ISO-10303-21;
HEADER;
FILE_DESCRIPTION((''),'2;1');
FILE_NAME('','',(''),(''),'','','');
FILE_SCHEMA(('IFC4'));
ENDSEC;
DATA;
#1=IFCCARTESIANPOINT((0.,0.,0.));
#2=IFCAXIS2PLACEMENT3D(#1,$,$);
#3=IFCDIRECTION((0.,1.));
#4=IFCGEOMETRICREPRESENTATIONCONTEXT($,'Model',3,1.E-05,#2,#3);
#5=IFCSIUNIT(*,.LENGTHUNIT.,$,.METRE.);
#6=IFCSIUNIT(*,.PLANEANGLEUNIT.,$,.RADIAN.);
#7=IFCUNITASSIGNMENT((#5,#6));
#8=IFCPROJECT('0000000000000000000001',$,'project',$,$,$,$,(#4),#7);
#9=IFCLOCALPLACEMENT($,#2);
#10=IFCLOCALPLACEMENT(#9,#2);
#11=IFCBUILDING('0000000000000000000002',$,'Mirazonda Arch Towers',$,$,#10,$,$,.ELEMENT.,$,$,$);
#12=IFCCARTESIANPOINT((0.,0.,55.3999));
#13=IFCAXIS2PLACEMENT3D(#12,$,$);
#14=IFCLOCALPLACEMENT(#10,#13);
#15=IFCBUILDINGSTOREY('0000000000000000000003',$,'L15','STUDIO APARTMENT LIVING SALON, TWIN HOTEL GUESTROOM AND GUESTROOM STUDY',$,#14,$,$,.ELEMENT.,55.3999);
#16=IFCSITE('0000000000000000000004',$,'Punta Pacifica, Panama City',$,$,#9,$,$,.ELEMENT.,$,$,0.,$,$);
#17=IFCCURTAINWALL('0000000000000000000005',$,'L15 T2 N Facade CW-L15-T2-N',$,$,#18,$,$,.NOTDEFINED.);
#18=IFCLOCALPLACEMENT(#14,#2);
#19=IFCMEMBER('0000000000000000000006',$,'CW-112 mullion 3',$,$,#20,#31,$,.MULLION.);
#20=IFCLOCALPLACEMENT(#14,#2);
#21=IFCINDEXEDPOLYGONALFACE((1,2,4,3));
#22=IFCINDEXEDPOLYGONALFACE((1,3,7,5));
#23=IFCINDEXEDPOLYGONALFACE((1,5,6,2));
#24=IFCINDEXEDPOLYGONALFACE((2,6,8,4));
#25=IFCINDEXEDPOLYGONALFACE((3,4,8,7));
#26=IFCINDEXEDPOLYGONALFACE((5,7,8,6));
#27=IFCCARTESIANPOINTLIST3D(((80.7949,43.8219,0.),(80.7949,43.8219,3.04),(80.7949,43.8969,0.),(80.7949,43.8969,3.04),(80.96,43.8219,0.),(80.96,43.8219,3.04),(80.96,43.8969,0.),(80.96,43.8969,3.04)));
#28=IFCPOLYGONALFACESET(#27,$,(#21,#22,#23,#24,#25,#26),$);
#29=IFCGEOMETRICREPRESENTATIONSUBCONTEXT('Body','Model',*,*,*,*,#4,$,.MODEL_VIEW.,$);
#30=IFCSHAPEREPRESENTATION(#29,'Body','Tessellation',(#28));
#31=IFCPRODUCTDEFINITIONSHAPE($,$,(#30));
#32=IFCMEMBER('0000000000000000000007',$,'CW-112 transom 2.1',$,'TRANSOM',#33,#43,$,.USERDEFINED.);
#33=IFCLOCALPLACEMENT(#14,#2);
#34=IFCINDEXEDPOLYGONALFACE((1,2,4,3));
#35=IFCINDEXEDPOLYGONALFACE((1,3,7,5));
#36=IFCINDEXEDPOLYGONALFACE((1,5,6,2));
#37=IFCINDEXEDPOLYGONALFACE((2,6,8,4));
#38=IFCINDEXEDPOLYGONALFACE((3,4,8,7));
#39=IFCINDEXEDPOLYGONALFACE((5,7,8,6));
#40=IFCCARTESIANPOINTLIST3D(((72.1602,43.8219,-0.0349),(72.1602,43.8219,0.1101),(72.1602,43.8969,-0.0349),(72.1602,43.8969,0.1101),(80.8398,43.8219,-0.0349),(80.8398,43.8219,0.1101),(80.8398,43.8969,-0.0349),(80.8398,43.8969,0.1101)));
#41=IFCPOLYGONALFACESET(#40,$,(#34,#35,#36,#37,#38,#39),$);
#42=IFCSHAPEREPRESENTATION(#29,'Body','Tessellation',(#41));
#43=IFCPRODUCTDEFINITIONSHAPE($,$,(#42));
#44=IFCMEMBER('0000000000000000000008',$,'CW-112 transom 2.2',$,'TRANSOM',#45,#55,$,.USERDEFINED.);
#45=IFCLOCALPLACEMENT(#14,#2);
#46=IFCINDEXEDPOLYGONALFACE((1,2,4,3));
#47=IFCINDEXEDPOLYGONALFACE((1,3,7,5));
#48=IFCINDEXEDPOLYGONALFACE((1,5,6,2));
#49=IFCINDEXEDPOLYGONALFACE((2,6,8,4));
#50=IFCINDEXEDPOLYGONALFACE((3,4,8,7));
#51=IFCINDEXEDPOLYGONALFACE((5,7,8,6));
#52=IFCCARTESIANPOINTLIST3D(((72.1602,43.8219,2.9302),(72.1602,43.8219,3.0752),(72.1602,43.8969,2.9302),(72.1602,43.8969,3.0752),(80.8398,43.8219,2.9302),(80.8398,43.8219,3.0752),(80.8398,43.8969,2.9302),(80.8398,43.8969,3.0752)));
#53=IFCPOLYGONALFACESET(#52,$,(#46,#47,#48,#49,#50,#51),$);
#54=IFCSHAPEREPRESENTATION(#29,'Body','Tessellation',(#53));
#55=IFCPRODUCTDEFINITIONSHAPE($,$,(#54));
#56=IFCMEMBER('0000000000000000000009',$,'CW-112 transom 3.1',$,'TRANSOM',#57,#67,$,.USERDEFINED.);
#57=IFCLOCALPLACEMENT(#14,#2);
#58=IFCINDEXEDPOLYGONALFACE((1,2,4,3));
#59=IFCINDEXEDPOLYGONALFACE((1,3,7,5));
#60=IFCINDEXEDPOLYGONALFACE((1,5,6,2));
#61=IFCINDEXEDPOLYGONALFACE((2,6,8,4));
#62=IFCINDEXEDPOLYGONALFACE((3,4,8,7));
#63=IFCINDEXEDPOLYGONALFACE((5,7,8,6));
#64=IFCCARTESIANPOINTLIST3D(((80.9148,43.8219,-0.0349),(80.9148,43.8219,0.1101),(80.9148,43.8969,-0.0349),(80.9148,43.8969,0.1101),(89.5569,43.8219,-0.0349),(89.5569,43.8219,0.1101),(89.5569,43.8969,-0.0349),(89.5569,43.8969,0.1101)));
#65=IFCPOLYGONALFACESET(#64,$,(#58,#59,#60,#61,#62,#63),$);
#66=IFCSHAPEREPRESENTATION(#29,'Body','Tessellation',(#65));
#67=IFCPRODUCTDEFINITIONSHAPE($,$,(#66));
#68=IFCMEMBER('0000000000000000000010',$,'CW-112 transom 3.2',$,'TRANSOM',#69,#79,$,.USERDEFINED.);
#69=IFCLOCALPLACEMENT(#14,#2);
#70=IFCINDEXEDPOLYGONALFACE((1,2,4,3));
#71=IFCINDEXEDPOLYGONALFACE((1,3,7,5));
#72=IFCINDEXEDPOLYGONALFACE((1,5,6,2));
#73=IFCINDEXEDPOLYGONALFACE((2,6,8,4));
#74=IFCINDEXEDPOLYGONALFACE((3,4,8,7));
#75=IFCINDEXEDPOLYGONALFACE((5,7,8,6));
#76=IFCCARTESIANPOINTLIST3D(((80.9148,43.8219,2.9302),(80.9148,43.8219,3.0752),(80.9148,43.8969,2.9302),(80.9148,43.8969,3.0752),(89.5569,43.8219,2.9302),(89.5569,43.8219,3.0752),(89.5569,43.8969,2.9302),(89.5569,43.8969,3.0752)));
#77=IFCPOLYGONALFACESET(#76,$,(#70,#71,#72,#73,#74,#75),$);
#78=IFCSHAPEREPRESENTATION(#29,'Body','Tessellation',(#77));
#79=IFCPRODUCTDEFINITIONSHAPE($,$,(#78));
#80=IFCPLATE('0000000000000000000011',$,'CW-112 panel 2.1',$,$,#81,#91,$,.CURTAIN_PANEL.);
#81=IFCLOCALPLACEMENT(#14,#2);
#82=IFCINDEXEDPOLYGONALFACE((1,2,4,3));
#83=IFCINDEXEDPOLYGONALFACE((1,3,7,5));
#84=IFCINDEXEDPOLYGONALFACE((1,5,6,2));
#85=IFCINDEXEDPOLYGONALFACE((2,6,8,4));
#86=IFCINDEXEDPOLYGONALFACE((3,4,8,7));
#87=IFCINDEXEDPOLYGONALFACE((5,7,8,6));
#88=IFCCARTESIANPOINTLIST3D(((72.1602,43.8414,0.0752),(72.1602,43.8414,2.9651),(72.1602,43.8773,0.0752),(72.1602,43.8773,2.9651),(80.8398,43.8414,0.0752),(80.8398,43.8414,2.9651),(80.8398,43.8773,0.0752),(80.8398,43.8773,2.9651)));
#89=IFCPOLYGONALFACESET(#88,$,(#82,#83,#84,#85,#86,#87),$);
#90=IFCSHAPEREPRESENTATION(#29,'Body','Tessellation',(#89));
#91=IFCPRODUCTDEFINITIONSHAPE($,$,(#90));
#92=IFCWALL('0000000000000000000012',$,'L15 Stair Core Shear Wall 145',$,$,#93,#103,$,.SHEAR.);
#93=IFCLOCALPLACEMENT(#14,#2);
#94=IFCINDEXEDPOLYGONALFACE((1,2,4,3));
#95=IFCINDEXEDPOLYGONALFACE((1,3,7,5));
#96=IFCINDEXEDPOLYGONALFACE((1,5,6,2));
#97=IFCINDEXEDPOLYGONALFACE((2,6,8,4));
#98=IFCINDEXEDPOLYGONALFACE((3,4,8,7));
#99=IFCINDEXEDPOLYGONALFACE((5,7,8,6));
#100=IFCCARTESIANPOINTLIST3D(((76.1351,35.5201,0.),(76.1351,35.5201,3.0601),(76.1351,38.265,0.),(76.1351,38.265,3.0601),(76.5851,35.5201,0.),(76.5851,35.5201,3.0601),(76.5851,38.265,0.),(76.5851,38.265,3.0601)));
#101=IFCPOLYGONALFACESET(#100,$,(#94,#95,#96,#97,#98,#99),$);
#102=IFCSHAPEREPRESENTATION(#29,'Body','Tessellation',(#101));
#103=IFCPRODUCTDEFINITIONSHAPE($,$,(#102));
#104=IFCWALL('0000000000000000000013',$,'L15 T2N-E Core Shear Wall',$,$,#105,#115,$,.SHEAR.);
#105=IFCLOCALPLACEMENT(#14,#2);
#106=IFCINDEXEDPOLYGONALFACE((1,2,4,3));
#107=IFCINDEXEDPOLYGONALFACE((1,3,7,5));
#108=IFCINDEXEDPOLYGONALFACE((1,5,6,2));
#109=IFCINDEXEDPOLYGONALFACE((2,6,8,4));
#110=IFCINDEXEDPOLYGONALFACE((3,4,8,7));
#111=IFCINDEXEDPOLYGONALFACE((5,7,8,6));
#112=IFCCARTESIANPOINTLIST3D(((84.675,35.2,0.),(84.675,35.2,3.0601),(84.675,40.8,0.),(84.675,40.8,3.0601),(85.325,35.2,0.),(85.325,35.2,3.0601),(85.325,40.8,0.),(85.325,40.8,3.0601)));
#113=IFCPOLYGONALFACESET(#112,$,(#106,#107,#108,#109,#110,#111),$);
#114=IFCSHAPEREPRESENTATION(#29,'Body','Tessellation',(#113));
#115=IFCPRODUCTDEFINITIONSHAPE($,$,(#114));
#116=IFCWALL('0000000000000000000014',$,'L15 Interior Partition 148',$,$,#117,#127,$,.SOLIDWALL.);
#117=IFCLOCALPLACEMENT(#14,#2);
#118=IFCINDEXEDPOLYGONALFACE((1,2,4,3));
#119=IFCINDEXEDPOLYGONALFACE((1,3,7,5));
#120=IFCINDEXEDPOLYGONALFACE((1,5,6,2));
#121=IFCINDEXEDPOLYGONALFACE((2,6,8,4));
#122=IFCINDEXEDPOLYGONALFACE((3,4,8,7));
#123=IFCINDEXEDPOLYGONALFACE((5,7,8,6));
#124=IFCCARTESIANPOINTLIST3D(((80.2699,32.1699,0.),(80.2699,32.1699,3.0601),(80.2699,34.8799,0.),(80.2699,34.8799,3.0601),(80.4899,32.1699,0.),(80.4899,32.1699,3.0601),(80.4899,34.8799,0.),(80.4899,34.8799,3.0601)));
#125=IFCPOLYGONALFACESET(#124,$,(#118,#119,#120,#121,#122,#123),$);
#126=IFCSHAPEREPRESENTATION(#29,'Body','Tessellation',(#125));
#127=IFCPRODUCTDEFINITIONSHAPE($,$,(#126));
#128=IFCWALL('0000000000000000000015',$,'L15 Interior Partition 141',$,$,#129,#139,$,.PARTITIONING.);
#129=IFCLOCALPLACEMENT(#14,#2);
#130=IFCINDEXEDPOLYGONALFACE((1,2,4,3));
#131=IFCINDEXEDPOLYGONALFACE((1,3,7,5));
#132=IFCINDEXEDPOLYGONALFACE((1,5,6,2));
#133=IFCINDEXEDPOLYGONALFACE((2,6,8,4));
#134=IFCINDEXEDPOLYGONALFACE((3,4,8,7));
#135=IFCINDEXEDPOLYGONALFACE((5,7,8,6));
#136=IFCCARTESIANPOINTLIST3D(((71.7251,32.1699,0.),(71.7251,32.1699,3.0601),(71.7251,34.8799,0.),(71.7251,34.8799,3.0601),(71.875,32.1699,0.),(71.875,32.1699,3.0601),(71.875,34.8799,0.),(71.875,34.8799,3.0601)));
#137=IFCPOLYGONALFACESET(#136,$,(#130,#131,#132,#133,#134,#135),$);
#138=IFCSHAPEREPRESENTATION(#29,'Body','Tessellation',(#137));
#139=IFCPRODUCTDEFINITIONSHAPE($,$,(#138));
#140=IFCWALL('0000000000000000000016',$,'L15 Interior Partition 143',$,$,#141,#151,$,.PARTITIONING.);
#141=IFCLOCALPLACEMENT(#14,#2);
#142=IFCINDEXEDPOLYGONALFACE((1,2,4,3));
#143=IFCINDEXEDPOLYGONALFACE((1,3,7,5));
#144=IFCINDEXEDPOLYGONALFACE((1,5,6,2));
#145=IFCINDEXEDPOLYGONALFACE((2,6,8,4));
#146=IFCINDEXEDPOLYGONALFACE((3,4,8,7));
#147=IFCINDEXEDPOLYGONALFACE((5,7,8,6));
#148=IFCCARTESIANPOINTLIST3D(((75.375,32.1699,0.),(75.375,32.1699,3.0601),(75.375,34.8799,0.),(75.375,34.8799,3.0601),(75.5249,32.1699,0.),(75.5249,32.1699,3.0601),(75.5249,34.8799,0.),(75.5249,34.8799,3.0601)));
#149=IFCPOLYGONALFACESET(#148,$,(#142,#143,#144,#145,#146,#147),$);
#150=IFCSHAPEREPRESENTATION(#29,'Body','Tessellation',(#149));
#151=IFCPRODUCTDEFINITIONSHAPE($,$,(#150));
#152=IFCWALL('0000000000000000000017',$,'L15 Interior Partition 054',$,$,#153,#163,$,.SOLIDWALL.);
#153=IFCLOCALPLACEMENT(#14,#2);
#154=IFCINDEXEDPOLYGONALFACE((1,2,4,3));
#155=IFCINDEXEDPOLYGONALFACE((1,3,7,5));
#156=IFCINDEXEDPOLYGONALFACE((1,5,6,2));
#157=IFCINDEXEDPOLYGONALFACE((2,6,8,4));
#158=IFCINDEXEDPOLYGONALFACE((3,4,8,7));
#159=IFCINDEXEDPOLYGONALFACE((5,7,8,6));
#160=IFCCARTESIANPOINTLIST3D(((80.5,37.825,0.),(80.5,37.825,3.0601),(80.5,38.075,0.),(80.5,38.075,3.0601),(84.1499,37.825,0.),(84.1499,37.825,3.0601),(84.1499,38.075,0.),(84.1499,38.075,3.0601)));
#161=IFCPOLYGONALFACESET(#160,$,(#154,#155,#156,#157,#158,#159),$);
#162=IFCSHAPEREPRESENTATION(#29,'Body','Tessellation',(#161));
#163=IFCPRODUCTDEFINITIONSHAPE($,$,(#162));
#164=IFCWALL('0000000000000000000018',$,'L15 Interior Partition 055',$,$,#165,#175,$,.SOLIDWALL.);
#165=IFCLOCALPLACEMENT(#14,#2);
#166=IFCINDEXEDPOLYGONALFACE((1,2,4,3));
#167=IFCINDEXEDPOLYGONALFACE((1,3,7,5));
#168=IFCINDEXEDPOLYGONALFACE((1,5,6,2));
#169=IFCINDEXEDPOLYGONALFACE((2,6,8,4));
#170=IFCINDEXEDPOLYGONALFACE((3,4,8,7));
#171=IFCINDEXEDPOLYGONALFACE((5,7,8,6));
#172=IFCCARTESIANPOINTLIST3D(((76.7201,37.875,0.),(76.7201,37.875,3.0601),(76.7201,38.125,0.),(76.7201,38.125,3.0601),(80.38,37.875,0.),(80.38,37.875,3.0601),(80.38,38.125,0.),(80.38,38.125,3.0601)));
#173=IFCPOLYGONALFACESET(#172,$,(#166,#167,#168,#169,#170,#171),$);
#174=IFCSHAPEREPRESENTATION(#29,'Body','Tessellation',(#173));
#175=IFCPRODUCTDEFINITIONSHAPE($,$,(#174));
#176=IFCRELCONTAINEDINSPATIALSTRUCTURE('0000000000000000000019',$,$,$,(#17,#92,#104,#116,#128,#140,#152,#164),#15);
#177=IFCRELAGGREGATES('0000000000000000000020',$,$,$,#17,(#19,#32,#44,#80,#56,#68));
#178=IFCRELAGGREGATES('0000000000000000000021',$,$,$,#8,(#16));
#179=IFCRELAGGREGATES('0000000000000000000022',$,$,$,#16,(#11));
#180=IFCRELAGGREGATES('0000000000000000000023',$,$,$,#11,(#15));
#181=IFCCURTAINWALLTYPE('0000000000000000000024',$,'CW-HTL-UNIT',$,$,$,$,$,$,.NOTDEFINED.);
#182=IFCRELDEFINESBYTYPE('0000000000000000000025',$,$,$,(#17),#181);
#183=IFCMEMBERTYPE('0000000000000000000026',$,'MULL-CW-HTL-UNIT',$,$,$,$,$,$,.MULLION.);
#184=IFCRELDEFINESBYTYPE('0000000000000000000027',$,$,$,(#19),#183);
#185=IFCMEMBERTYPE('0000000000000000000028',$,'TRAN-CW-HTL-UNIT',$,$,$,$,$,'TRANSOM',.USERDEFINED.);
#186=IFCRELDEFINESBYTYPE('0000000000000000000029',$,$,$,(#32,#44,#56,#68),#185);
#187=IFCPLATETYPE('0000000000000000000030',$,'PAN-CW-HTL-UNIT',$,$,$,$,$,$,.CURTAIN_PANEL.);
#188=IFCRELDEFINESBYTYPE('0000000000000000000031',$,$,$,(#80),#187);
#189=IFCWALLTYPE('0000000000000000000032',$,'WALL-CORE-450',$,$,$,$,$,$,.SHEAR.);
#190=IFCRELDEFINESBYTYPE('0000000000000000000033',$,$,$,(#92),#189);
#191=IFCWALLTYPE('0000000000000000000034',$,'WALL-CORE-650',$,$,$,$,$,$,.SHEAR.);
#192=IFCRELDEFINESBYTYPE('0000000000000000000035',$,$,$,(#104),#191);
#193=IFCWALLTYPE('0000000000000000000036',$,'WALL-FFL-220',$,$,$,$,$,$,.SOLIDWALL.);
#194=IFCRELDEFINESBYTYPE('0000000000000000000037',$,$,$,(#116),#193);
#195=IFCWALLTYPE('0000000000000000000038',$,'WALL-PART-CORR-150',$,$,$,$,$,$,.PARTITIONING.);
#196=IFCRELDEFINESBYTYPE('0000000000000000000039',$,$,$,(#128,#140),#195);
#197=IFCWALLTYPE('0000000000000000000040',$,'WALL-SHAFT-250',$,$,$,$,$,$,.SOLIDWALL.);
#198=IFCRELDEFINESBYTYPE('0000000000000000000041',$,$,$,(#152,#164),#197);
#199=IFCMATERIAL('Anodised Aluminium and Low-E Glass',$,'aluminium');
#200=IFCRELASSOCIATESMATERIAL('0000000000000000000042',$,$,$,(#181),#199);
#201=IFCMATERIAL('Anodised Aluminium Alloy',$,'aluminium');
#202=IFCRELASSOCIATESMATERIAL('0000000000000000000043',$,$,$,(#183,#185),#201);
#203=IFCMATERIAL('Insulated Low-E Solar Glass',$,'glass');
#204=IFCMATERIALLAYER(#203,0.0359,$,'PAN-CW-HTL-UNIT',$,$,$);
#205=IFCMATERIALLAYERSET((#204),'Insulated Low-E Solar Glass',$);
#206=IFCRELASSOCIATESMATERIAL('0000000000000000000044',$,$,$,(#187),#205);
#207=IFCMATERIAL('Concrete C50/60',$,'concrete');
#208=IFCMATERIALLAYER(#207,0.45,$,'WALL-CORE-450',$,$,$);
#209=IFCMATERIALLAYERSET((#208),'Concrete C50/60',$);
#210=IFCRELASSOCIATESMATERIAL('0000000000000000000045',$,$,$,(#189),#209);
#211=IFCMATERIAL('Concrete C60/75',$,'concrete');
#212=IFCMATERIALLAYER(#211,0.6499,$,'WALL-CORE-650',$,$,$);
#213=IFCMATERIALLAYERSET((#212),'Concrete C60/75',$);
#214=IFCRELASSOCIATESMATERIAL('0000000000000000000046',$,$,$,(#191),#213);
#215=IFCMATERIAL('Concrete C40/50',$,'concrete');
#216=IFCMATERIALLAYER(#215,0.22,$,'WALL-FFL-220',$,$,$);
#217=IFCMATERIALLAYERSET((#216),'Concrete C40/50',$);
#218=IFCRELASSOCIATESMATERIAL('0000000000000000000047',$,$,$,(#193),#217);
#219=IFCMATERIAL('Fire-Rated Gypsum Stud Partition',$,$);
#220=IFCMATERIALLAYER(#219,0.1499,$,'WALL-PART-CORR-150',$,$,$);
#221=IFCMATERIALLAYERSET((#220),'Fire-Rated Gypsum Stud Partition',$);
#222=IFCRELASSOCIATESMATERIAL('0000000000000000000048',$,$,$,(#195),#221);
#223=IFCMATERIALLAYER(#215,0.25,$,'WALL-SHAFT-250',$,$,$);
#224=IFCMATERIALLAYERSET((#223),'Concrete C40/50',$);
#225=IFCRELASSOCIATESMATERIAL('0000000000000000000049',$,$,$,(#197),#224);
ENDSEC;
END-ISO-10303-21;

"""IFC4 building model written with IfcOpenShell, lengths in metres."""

from ifc_helpers import new_model, si_unit, direction, frame, frame_2d, origin, origin_2d, place, context, subcontext, project, spatial, rectangle, extrude, material, layer, layer_set, material_profile, profile_set, type_object, element, aggregate, save


model = new_model("IFC4")

# Units and contexts
model_context = context("Model", 3, precision=1e-05, world=origin(), true_north=direction((0.0, 1.0)))
body_context = subcontext(model_context, "Body", "Model", "MODEL_VIEW")
ifc_project = project(units=[si_unit("LENGTHUNIT", "METRE"), si_unit("PLANEANGLEUNIT", "RADIAN")], contexts=[model_context])

# Site, building, storey
site_placement = place(None, origin())
site = spatial("IfcSite", under=ifc_project, at=site_placement, Name="Punta Pacifica, Panama City", CompositionType="ELEMENT", RefElevation=0.0)
building_placement = place(site_placement, origin())
building = spatial("IfcBuilding", under=site, at=building_placement, Name="Mirazonda Arch Towers", CompositionType="ELEMENT")
storey_placement = place(building_placement, frame((0.0, 0.0, 55.3999)))
storey = spatial("IfcBuildingStorey", under=building, at=storey_placement, Name="L15", Description="STUDIO APARTMENT LIVING SALON, TWIN HOTEL GUESTROOM AND GUESTROOM STUDY", CompositionType="ELEMENT", Elevation=55.3999)

# Shared definitions
ifc_material_1 = material(Name="Concrete C60/75", Category="concrete")

# Curtain wall, members, plate
ifc_material_2 = material(Name="Anodised Aluminium and Low-E Glass", Category="aluminium")
curtain_wall_type = type_object("IfcCurtainWallType", Name="CW-HTL-UNIT", PredefinedType="NOTDEFINED", material=ifc_material_2)
curtain_wall_placement = place(storey_placement, origin())
curtain_wall = element("IfcCurtainWall", 1, at=curtain_wall_placement, inside=storey, type_object=curtain_wall_type, Name="L15 T2 N Facade CW-L15-T2-N", PredefinedType="NOTDEFINED")
ifc_material_3 = material(Name="Anodised Aluminium Alloy", Category="aluminium")
ifc_material_profile_1 = material_profile(ifc_material_3, rectangle(XDim=0.075, YDim=0.165, at=origin_2d()), Name="ALU-MULL-75x165")
ifc_profile_set_1 = profile_set([ifc_material_profile_1], Name="Anodised Aluminium Alloy")
member_type_1 = type_object("IfcMemberType", Name="MULL-CW-HTL-UNIT", PredefinedType="MULLION", material=ifc_profile_set_1)
member_1_placement = place(storey_placement, frame((80.8774, 43.8594, 0.0), z_axis=(0.0, 0.0, 1.0), x_axis=(0.0, 1.0, 0.0)))
member_1 = element("IfcMember", 2, at=member_1_placement, type_object=member_type_1, Name="CW-112 mullion 3", PredefinedType="MULLION", context=body_context, shape_type="SweptSolid", body=[
    extrude(rectangle(XDim=0.075, YDim=0.165, at=origin_2d()), origin(), (0.0, 0.0, 1.0), 3.04),
])
ifc_material_profile_2 = material_profile(ifc_material_3, rectangle(XDim=0.075, YDim=0.145, at=origin_2d()), Name="ALU-TRAN-75x145")
ifc_profile_set_2 = profile_set([ifc_material_profile_2], Name="Anodised Aluminium Alloy")
member_type_2 = type_object("IfcMemberType", Name="TRAN-CW-HTL-UNIT", ElementType="TRANSOM", PredefinedType="USERDEFINED", material=ifc_profile_set_2)
member_2_placement = place(storey_placement, frame((72.1602, 43.8594, 0.0376), z_axis=(1.0, 0.0, 0.0), x_axis=(0.0, 1.0, 0.0)))
member_2 = element("IfcMember", 3, at=member_2_placement, type_object=member_type_2, Name="CW-112 transom 2.1", ObjectType="TRANSOM", PredefinedType="USERDEFINED", context=body_context, shape_type="SweptSolid", body=[
    extrude(rectangle(XDim=0.075, YDim=0.145, at=origin_2d()), origin(), (0.0, 0.0, 1.0), 8.6797),
])
member_3_placement = place(storey_placement, frame((72.1602, 43.8594, 3.0027), z_axis=(1.0, 0.0, 0.0), x_axis=(0.0, 1.0, 0.0)))
member_3 = element("IfcMember", 4, at=member_3_placement, type_object=member_type_2, Name="CW-112 transom 2.2", ObjectType="TRANSOM", PredefinedType="USERDEFINED", context=body_context, shape_type="SweptSolid", body=[
    extrude(rectangle(XDim=0.075, YDim=0.145, at=origin_2d()), origin(), (0.0, 0.0, 1.0), 8.6797),
])
member_4_placement = place(storey_placement, frame((80.9148, 43.8594, 0.0376), z_axis=(1.0, 0.0, 0.0), x_axis=(0.0, 1.0, 0.0)))
member_4 = element("IfcMember", 5, at=member_4_placement, type_object=member_type_2, Name="CW-112 transom 3.1", ObjectType="TRANSOM", PredefinedType="USERDEFINED", context=body_context, shape_type="SweptSolid", body=[
    extrude(rectangle(XDim=0.075, YDim=0.145, at=origin_2d()), origin(), (0.0, 0.0, 1.0), 8.6421),
])
member_5_placement = place(storey_placement, frame((80.9148, 43.8594, 3.0027), z_axis=(1.0, 0.0, 0.0), x_axis=(0.0, 1.0, 0.0)))
member_5 = element("IfcMember", 6, at=member_5_placement, type_object=member_type_2, Name="CW-112 transom 3.2", ObjectType="TRANSOM", PredefinedType="USERDEFINED", context=body_context, shape_type="SweptSolid", body=[
    extrude(rectangle(XDim=0.075, YDim=0.145, at=origin_2d()), origin(), (0.0, 0.0, 1.0), 8.6421),
])
ifc_material_4 = material(Name="Insulated Low-E Solar Glass", Category="glass")
ifc_layer_1 = layer(ifc_material_4, 0.0359, Name="PAN-CW-HTL-UNIT")
ifc_layer_set_1 = layer_set([ifc_layer_1], Name="Insulated Low-E Solar Glass")
plate_type = type_object("IfcPlateType", Name="PAN-CW-HTL-UNIT", PredefinedType="CURTAIN_PANEL", material=ifc_layer_set_1)
plate_placement = place(storey_placement, frame((76.5, 43.8594, 0.0752), z_axis=(0.0, 0.0, 1.0), x_axis=(1.0, 0.0, 0.0)))
plate = element("IfcPlate", 7, at=plate_placement, type_object=plate_type, Name="CW-112 panel 2.1", PredefinedType="CURTAIN_PANEL", context=body_context, shape_type="SweptSolid", body=[
    extrude(rectangle(XDim=8.6797, YDim=0.0359, at=origin_2d()), origin(), (0.0, 0.0, 1.0), 2.8899),
])
aggregate(curtain_wall, [member_1, member_2, member_3, plate, member_4, member_5])

# Walls
ifc_material_5 = material(Name="Concrete C50/60", Category="concrete")
ifc_layer_2 = layer(ifc_material_5, 0.45, Name="WALL-CORE-450")
ifc_layer_set_2 = layer_set([ifc_layer_2], Name="Concrete C50/60")
wall_type_1 = type_object("IfcWallType", Name="WALL-CORE-450", PredefinedType="SHEAR", material=ifc_layer_set_2)
wall_1_placement = place(storey_placement, frame((76.3601, 35.52, 0.0), z_axis=(0.0, 0.0, 1.0), x_axis=(0.0, 1.0, 0.0)))
element("IfcWall", 8, at=wall_1_placement, inside=storey, type_object=wall_type_1, Name="L15 Stair Core Shear Wall 145", PredefinedType="SHEAR", context=body_context, shape_type="SweptSolid", body=[
    extrude(rectangle(XDim=2.7449, YDim=0.45, at=frame_2d((1.3726, 0.0))), origin(), (0.0, 0.0, 1.0), 3.0601),
])
ifc_layer_3 = layer(ifc_material_1, 0.6499, Name="WALL-CORE-650")
ifc_layer_set_3 = layer_set([ifc_layer_3], Name="Concrete C60/75")
wall_type_2 = type_object("IfcWallType", Name="WALL-CORE-650", PredefinedType="SHEAR", material=ifc_layer_set_3)
wall_2_placement = place(storey_placement, frame((85.0, 35.2, 0.0), z_axis=(0.0, 0.0, 1.0), x_axis=(0.0, 1.0, 0.0)))
element("IfcWall", 9, at=wall_2_placement, inside=storey, type_object=wall_type_2, Name="L15 T2N-E Core Shear Wall", PredefinedType="SHEAR", context=body_context, shape_type="SweptSolid", body=[
    extrude(rectangle(XDim=5.6001, YDim=0.6499, at=frame_2d((2.8, 0.0))), origin(), (0.0, 0.0, 1.0), 3.0601),
])
ifc_material_6 = material(Name="Concrete C40/50", Category="concrete")
ifc_layer_4 = layer(ifc_material_6, 0.22, Name="WALL-FFL-220")
ifc_layer_set_4 = layer_set([ifc_layer_4], Name="Concrete C40/50")
wall_type_3 = type_object("IfcWallType", Name="WALL-FFL-220", PredefinedType="SOLIDWALL", material=ifc_layer_set_4)
wall_3_placement = place(storey_placement, frame((80.3799, 32.1699, 0.0), z_axis=(0.0, 0.0, 1.0), x_axis=(0.0, 1.0, 0.0)))
element("IfcWall", 10, at=wall_3_placement, inside=storey, type_object=wall_type_3, Name="L15 Interior Partition 148", PredefinedType="SOLIDWALL", context=body_context, shape_type="SweptSolid", body=[
    extrude(rectangle(XDim=2.71, YDim=0.22, at=frame_2d((1.355, 0.0))), origin(), (0.0, 0.0, 1.0), 3.0601),
])
ifc_material_7 = material(Name="Fire-Rated Gypsum Stud Partition")
ifc_layer_5 = layer(ifc_material_7, 0.1499, Name="WALL-PART-CORR-150")
ifc_layer_set_5 = layer_set([ifc_layer_5], Name="Fire-Rated Gypsum Stud Partition")
wall_type_4 = type_object("IfcWallType", Name="WALL-PART-CORR-150", PredefinedType="PARTITIONING", material=ifc_layer_set_5)
for number, where, z_axis, x_axis, name in (
    (11, (71.8, 32.1699, 0.0), (0.0, 0.0, 1.0), (0.0, 1.0, 0.0), "L15 Interior Partition 141"),
    (12, (75.45, 32.1699, 0.0), (0.0, 0.0, 1.0), (0.0, 1.0, 0.0), "L15 Interior Partition 143"),
):
    element("IfcWall", number, at=place(storey_placement, frame(where, z_axis=z_axis, x_axis=x_axis)), inside=storey, type_object=wall_type_4, Name=name, PredefinedType="PARTITIONING", context=body_context, shape_type="SweptSolid", body=[
        extrude(rectangle(XDim=2.71, YDim=0.1499, at=frame_2d((1.355, 0.0))), origin(), (0.0, 0.0, 1.0), 3.0601),
    ])
ifc_layer_6 = layer(ifc_material_6, 0.25, Name="WALL-SHAFT-250")
ifc_layer_set_6 = layer_set([ifc_layer_6], Name="Concrete C40/50")
wall_type_5 = type_object("IfcWallType", Name="WALL-SHAFT-250", PredefinedType="SOLIDWALL", material=ifc_layer_set_6)
wall_4_placement = place(storey_placement, frame((80.5, 37.95, 0.0), z_axis=(0.0, 0.0, 1.0), x_axis=(1.0, 0.0, 0.0)))
element("IfcWall", 13, at=wall_4_placement, inside=storey, type_object=wall_type_5, Name="L15 Interior Partition 054", PredefinedType="SOLIDWALL", context=body_context, shape_type="SweptSolid", body=[
    extrude(rectangle(XDim=3.6499, YDim=0.25, at=frame_2d((1.825, 0.0))), origin(), (0.0, 0.0, 1.0), 3.0601),
])
wall_5_placement = place(storey_placement, frame((76.72, 38.0, 0.0), z_axis=(0.0, 0.0, 1.0), x_axis=(1.0, 0.0, 0.0)))
element("IfcWall", 14, at=wall_5_placement, inside=storey, type_object=wall_type_5, Name="L15 Interior Partition 055", PredefinedType="SOLIDWALL", context=body_context, shape_type="SweptSolid", body=[
    extrude(rectangle(XDim=3.6599, YDim=0.25, at=frame_2d((1.8301, 0.0))), origin(), (0.0, 0.0, 1.0), 3.0601),
])

save(model, "model.ifc")
